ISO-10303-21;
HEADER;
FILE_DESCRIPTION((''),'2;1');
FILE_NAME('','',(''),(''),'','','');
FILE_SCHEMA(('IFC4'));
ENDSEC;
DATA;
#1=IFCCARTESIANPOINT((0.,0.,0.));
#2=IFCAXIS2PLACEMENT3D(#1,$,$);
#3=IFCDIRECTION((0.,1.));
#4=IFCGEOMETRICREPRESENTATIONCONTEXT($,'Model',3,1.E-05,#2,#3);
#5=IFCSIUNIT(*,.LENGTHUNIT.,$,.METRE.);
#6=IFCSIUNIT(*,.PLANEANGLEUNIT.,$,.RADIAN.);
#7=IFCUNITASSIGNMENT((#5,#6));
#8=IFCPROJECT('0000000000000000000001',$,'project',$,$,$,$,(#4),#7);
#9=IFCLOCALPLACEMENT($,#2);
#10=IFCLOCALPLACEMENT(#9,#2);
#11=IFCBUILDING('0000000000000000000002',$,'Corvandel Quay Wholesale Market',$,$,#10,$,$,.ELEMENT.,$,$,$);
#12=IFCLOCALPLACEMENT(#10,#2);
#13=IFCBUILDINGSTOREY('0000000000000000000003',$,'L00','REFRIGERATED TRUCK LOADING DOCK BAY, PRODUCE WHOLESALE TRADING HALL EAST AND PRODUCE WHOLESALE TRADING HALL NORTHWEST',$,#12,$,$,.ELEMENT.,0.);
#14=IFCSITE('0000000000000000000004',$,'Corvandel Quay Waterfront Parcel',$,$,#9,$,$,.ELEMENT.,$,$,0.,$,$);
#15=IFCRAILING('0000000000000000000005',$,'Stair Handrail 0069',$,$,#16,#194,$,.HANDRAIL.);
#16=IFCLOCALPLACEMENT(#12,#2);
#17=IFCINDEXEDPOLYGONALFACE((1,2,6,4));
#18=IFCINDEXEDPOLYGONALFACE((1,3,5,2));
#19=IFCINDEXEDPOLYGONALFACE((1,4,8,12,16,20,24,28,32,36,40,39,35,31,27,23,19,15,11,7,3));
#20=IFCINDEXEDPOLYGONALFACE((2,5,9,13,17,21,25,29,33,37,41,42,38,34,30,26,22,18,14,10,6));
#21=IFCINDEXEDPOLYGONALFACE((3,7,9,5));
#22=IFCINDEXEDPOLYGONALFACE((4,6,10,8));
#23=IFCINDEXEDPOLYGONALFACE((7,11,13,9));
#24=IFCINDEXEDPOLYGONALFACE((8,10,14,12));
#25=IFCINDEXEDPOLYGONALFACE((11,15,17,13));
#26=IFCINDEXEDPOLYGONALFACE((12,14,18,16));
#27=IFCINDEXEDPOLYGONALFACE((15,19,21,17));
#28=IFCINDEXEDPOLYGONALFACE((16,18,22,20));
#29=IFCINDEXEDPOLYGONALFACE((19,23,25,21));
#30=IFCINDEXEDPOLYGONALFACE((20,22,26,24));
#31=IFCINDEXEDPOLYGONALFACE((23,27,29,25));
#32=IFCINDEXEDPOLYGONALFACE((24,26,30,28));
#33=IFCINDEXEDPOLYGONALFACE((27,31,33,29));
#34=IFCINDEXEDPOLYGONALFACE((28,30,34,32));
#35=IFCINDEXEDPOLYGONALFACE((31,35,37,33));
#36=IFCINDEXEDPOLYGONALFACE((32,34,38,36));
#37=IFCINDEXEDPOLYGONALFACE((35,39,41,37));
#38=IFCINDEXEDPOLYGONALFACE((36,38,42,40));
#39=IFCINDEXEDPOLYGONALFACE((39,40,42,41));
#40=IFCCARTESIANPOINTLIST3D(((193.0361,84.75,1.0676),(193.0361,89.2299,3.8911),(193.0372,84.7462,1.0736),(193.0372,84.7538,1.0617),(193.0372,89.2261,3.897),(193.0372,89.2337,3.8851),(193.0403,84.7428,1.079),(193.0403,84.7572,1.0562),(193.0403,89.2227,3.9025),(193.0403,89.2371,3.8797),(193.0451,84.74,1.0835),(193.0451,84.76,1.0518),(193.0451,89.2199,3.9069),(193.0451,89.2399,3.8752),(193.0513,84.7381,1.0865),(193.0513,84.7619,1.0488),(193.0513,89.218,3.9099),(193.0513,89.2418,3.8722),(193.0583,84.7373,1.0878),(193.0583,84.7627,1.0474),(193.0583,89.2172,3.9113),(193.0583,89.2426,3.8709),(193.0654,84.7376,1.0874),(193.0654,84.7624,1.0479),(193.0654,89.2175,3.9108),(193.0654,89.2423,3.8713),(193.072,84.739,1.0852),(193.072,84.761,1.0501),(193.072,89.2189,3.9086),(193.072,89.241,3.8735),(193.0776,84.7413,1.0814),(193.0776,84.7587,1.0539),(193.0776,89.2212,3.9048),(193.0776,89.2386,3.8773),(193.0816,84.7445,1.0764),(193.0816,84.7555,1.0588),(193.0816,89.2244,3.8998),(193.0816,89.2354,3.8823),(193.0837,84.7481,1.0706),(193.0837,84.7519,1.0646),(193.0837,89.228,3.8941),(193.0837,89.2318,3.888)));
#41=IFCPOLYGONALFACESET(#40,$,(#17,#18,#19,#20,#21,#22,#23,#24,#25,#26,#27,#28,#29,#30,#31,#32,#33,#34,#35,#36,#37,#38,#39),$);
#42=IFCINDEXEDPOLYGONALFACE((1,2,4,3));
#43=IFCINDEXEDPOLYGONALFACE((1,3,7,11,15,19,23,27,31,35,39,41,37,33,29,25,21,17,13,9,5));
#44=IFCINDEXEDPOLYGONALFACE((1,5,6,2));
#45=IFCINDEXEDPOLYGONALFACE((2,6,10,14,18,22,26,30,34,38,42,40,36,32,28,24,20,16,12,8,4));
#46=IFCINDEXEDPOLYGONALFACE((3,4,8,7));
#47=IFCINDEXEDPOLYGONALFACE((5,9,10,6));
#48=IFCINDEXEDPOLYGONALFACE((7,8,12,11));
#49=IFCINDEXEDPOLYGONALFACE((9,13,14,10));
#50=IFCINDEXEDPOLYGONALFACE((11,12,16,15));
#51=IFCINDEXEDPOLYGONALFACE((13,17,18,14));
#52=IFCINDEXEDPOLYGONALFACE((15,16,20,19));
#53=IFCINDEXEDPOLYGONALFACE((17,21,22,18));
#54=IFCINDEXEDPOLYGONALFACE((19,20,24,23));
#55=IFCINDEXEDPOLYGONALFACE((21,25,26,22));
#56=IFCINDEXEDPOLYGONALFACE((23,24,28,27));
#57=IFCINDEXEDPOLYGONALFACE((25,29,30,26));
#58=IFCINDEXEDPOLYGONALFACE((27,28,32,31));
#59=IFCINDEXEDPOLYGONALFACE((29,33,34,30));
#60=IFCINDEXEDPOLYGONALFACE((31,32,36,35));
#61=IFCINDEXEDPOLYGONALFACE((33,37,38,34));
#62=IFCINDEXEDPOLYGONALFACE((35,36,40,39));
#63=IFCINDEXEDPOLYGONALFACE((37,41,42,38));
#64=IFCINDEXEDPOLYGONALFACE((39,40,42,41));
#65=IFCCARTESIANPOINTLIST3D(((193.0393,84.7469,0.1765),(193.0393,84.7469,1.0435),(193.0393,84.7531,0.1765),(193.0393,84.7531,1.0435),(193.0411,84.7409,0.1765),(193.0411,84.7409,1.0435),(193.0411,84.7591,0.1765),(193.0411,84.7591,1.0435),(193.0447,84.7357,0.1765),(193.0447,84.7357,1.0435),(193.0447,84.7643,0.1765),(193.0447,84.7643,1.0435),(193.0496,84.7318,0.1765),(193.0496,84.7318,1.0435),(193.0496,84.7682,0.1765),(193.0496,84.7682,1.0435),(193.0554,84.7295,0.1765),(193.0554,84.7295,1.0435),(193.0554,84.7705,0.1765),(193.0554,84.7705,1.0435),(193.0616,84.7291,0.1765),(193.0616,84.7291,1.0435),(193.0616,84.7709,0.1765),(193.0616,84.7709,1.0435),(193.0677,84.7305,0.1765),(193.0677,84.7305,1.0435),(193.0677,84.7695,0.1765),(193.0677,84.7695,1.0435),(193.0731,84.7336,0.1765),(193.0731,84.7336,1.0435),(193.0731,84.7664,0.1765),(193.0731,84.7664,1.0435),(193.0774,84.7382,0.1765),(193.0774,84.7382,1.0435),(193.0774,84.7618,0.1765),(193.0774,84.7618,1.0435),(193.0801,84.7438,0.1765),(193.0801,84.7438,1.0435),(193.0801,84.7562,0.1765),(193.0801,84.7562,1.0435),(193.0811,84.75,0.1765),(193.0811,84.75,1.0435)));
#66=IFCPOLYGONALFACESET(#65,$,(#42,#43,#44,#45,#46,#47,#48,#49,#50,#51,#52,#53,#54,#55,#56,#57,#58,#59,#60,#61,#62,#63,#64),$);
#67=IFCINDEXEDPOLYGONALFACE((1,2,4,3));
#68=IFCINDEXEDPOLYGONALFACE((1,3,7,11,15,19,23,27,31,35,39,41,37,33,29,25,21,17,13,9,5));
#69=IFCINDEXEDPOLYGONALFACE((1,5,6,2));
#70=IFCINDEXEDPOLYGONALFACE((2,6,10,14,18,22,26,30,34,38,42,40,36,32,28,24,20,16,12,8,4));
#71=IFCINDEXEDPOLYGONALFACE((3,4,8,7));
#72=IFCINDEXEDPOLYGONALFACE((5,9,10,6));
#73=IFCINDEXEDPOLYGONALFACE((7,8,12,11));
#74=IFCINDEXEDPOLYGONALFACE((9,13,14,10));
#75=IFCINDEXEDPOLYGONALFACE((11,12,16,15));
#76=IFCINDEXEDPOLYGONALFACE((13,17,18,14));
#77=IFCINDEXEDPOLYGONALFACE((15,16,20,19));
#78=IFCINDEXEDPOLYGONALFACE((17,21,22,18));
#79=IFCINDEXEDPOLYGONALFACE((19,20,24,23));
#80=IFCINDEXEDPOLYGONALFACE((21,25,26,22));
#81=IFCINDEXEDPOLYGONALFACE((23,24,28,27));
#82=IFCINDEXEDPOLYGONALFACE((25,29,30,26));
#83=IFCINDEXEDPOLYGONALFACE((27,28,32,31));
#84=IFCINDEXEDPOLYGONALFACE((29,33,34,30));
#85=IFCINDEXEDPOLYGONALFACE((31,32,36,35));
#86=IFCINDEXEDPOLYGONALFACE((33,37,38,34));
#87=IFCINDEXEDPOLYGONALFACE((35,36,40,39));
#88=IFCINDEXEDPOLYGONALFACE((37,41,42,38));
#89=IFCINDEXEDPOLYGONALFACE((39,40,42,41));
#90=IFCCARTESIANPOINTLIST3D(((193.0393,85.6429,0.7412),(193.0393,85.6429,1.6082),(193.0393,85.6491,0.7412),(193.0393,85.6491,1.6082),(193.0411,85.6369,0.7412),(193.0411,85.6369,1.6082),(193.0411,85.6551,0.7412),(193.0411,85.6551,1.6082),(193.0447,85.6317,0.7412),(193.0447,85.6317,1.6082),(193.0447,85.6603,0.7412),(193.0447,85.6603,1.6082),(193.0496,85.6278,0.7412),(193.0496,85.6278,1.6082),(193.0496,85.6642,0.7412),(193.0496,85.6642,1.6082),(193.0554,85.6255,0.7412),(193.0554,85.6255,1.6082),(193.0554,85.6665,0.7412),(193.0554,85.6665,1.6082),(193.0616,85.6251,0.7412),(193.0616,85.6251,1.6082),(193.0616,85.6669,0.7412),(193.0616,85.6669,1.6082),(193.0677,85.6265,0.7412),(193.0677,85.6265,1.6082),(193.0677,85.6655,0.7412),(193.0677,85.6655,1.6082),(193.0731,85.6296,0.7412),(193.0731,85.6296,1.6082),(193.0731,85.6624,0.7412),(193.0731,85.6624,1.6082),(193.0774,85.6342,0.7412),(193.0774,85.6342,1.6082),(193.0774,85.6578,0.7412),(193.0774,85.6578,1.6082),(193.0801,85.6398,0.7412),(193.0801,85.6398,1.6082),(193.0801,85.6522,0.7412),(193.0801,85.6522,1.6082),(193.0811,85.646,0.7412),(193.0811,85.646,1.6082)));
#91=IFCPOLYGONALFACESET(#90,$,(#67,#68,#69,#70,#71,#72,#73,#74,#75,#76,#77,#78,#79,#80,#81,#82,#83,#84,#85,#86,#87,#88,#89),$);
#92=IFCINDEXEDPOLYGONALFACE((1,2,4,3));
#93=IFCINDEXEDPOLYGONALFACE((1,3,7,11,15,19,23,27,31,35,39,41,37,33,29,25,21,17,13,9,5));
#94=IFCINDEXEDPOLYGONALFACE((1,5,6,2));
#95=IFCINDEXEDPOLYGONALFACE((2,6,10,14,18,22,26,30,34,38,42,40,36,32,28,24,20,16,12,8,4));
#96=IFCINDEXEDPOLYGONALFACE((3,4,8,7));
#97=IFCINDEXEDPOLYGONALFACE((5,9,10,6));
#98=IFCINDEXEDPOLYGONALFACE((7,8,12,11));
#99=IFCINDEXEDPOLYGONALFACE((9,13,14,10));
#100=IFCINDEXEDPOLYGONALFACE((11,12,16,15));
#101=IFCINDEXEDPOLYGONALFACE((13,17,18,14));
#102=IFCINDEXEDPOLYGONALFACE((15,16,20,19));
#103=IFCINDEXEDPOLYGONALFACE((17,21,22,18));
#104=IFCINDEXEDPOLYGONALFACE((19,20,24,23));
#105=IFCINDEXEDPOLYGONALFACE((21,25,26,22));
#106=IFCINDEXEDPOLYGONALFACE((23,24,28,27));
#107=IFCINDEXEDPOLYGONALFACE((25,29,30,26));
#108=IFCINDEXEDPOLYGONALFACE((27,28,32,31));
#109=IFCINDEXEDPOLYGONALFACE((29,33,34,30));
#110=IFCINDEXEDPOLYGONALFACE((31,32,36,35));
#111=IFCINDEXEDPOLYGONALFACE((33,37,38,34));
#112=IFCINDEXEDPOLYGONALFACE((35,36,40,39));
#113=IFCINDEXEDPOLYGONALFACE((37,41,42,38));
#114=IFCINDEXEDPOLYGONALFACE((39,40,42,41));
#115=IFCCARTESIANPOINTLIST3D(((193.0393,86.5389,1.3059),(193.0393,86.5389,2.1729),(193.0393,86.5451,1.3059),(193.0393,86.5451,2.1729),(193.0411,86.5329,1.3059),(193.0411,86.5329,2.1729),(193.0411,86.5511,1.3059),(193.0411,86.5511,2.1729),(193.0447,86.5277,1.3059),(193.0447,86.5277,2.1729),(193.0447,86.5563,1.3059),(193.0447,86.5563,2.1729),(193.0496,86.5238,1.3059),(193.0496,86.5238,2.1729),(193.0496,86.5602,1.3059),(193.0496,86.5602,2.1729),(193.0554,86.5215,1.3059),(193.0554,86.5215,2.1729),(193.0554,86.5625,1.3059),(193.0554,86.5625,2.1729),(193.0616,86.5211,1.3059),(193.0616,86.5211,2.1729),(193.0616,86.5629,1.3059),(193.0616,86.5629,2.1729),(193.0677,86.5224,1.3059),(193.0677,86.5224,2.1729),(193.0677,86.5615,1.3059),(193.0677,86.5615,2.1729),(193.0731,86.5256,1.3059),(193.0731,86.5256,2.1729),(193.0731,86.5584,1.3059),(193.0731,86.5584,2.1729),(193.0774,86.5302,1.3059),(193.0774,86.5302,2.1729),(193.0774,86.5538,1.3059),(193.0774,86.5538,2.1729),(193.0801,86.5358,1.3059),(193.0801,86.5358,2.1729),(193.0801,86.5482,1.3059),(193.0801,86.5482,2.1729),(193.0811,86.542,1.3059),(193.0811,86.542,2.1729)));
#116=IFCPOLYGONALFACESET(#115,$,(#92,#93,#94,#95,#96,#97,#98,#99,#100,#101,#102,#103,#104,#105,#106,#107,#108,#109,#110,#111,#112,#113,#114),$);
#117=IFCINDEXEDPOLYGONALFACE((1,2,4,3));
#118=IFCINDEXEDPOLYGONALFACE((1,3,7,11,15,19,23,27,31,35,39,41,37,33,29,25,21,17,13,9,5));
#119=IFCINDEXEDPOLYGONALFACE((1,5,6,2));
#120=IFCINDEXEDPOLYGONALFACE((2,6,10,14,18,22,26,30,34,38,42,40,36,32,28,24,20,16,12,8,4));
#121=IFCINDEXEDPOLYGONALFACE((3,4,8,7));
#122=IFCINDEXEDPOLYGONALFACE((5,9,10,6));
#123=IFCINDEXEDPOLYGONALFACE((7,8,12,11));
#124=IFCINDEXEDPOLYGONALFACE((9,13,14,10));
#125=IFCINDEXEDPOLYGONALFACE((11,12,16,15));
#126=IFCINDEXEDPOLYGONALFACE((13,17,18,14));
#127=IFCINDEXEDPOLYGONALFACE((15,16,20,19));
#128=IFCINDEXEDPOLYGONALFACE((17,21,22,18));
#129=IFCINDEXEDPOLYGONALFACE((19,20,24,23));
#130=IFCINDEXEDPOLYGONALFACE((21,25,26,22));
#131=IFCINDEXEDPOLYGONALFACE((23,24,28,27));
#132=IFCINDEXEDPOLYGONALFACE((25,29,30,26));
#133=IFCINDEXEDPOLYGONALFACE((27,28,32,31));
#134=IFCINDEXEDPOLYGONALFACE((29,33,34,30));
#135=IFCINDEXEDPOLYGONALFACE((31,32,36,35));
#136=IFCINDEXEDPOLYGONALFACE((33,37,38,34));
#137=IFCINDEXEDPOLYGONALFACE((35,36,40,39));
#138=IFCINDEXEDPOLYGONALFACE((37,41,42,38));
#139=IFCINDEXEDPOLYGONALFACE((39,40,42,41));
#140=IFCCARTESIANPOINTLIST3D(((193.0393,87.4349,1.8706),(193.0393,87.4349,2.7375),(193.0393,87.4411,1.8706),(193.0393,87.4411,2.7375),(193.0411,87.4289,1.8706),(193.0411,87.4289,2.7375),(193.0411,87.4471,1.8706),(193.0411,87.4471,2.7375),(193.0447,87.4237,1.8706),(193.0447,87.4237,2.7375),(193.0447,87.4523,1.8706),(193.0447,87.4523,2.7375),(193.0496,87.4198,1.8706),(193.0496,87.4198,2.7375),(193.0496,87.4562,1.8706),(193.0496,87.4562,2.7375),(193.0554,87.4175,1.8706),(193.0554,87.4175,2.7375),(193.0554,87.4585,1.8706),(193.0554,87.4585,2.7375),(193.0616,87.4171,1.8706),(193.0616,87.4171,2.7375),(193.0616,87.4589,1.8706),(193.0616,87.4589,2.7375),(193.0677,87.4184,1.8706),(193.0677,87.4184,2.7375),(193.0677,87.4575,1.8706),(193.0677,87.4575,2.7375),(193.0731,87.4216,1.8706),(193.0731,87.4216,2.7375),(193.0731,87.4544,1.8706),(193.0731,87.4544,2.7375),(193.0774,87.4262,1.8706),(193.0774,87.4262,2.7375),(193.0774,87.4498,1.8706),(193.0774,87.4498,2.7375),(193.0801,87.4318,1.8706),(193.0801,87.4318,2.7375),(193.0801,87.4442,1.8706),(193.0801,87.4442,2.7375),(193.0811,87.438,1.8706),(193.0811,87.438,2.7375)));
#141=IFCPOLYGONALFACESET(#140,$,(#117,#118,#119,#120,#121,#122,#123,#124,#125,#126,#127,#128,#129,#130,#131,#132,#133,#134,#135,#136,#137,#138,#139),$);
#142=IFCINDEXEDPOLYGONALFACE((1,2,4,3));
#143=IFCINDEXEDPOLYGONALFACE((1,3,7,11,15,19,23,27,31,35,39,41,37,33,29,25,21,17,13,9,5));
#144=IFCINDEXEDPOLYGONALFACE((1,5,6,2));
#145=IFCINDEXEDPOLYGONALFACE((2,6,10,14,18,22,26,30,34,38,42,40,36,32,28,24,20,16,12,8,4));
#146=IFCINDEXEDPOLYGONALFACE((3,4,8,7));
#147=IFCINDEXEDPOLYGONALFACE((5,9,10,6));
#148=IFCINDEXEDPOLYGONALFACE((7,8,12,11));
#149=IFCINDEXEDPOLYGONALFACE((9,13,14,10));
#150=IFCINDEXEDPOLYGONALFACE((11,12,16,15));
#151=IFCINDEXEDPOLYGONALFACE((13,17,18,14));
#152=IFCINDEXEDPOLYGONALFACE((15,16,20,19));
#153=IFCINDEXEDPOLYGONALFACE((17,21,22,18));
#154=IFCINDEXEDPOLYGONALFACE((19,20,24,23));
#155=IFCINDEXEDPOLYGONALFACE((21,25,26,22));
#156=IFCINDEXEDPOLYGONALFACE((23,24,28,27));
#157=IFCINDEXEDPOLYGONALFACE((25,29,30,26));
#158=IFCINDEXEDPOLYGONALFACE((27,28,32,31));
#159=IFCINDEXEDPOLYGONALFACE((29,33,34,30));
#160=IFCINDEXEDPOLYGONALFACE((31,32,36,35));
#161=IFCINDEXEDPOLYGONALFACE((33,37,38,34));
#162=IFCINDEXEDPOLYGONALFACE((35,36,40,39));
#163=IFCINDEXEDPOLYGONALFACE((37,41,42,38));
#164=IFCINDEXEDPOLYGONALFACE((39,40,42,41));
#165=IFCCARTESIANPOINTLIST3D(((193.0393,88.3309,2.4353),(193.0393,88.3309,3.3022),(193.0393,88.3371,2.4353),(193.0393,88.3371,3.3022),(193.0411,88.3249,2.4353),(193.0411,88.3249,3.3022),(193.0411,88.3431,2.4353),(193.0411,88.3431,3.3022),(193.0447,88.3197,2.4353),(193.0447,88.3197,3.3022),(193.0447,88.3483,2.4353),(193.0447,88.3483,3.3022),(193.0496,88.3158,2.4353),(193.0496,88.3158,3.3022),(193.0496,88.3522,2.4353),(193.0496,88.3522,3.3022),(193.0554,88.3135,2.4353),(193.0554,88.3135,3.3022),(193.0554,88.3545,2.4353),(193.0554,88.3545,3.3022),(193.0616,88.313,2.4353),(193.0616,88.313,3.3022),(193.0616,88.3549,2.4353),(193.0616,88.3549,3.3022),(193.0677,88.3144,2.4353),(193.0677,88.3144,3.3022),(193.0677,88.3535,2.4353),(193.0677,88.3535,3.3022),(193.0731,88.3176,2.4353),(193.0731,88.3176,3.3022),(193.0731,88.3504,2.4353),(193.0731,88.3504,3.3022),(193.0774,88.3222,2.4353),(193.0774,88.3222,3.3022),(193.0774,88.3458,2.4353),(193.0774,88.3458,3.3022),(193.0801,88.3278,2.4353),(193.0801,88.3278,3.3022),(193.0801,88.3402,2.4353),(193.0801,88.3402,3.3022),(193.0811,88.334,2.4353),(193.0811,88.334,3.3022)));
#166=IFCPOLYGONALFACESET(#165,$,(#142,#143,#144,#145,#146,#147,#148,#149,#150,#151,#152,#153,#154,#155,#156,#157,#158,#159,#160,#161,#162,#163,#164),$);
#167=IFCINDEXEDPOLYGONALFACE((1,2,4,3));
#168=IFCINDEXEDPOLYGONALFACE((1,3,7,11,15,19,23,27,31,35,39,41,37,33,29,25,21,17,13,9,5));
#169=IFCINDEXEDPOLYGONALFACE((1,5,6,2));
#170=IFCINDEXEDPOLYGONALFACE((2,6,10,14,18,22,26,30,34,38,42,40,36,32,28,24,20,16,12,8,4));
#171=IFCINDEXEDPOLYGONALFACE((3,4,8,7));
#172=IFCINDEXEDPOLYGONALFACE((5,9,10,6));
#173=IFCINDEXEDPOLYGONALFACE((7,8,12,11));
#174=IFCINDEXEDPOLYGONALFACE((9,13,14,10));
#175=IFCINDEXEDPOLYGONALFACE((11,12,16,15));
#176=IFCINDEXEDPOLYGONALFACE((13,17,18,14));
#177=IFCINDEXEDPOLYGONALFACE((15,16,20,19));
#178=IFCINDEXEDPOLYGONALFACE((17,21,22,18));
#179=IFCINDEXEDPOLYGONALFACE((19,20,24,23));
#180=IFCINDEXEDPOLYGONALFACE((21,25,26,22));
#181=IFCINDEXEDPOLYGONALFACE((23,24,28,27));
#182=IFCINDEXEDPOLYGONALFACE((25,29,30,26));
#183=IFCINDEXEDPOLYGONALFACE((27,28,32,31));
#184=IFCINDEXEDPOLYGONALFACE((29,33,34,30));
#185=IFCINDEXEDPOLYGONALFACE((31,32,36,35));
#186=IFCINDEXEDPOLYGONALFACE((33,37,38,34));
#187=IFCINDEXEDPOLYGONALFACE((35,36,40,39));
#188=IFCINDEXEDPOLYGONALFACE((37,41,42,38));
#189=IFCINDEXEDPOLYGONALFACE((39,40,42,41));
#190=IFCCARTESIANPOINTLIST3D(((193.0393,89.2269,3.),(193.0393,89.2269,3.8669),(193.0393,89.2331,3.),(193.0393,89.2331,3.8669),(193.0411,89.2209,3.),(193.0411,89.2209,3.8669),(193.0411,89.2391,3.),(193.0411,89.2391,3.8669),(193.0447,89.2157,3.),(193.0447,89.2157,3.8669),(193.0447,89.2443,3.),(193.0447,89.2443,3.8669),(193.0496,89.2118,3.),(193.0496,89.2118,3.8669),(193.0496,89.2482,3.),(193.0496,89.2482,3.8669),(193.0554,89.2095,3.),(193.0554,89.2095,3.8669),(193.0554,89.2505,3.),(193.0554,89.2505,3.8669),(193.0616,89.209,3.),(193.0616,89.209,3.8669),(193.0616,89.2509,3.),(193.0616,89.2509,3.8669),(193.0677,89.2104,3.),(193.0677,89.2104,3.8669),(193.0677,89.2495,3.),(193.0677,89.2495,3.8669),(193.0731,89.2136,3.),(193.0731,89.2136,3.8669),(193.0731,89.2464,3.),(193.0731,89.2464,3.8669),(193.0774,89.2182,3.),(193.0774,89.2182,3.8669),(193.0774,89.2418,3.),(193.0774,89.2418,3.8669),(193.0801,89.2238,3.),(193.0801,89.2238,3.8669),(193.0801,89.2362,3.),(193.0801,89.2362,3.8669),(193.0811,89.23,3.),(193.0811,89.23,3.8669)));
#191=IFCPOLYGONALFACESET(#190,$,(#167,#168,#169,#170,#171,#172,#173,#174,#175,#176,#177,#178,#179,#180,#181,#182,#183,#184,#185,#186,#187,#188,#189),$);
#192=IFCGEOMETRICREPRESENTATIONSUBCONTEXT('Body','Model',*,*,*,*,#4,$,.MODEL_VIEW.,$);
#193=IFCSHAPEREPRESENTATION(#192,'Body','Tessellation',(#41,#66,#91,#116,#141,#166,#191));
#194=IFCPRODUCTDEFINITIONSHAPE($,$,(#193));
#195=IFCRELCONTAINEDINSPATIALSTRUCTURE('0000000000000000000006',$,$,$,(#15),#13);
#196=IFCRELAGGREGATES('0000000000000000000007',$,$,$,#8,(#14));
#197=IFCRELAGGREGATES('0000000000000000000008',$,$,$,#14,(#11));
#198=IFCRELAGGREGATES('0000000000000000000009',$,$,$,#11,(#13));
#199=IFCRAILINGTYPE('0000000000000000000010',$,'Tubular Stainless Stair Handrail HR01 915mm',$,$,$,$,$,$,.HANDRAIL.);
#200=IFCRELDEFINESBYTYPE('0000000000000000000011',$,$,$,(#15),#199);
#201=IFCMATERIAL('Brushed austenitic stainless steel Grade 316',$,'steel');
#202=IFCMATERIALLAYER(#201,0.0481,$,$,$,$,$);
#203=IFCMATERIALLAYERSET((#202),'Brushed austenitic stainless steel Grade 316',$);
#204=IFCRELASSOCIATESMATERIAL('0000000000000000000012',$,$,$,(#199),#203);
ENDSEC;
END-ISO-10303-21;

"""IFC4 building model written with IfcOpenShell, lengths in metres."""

from ifc_helpers import new_model, si_unit, direction, frame, origin, origin_2d, place, context, subcontext, project, spatial, circle, extrude, material, layer, layer_set, type_object, element, save


model = new_model("IFC4")

# Units and contexts
model_context = context("Model", 3, precision=1e-05, world=origin(), true_north=direction((0.0, 1.0)))
body_context = subcontext(model_context, "Body", "Model", "MODEL_VIEW")
ifc_project = project(units=[si_unit("LENGTHUNIT", "METRE"), si_unit("PLANEANGLEUNIT", "RADIAN")], contexts=[model_context])

# Site, building, storey
site_placement = place(None, origin())
site = spatial("IfcSite", under=ifc_project, at=site_placement, Name="Corvandel Quay Waterfront Parcel", CompositionType="ELEMENT", RefElevation=0.0)
building_placement = place(site_placement, origin())
building = spatial("IfcBuilding", under=site, at=building_placement, Name="Corvandel Quay Wholesale Market", CompositionType="ELEMENT")
storey_placement = place(building_placement, origin())
storey = spatial("IfcBuildingStorey", under=building, at=storey_placement, Name="L00", Description="REFRIGERATED TRUCK LOADING DOCK BAY, PRODUCE WHOLESALE TRADING HALL EAST AND PRODUCE WHOLESALE TRADING HALL NORTHWEST", CompositionType="ELEMENT", Elevation=0.0)

# Railing
ifc_material_1 = material(Name="Brushed austenitic stainless steel Grade 316", Category="steel")
ifc_layer_1 = layer(ifc_material_1, 0.0481)
ifc_layer_set_1 = layer_set([ifc_layer_1], Name="Brushed austenitic stainless steel Grade 316")
railing_type_1 = type_object("IfcRailingType", Name="Tubular Stainless Stair Handrail HR01 915mm", PredefinedType="HANDRAIL", material=ifc_layer_set_1)
for number, where, name in (
    (1, (193.0601, 84.75, 0.1765), "Stair Handrail 0069"),
):
    element("IfcRailing", number, at=place(storey_placement, frame(where)), inside=storey, type_object=railing_type_1, Name=name, PredefinedType="HANDRAIL", context=body_context, shape_type="SweptSolid", body=[
        extrude(circle(Radius=0.0239, at=origin_2d()), frame((0.0, 0.0, 0.8911), z_axis=(0.0, 0.845998, 0.533186), x_axis=(-1.0, 0.0, 0.0)), (0.0, 0.0, 1.0), 5.2954),
        extrude(circle(Radius=0.021, at=origin_2d()), origin(), (0.0, 0.0, 1.0), 0.8669),
        extrude(circle(Radius=0.021, at=origin_2d()), frame((0.0, 0.896, 0.5647)), (0.0, 0.0, 1.0), 0.8669),
        extrude(circle(Radius=0.021, at=origin_2d()), frame((0.0, 1.792, 1.1294)), (0.0, 0.0, 1.0), 0.8669),
        extrude(circle(Radius=0.021, at=origin_2d()), frame((0.0, 2.688, 1.6941)), (0.0, 0.0, 1.0), 0.8669),
        extrude(circle(Radius=0.021, at=origin_2d()), frame((0.0, 3.584, 2.2588)), (0.0, 0.0, 1.0), 0.8669),
        extrude(circle(Radius=0.021, at=origin_2d()), frame((0.0, 4.48, 2.8235)), (0.0, 0.0, 1.0), 0.8669),
    ])

save(model, "model.ifc")
